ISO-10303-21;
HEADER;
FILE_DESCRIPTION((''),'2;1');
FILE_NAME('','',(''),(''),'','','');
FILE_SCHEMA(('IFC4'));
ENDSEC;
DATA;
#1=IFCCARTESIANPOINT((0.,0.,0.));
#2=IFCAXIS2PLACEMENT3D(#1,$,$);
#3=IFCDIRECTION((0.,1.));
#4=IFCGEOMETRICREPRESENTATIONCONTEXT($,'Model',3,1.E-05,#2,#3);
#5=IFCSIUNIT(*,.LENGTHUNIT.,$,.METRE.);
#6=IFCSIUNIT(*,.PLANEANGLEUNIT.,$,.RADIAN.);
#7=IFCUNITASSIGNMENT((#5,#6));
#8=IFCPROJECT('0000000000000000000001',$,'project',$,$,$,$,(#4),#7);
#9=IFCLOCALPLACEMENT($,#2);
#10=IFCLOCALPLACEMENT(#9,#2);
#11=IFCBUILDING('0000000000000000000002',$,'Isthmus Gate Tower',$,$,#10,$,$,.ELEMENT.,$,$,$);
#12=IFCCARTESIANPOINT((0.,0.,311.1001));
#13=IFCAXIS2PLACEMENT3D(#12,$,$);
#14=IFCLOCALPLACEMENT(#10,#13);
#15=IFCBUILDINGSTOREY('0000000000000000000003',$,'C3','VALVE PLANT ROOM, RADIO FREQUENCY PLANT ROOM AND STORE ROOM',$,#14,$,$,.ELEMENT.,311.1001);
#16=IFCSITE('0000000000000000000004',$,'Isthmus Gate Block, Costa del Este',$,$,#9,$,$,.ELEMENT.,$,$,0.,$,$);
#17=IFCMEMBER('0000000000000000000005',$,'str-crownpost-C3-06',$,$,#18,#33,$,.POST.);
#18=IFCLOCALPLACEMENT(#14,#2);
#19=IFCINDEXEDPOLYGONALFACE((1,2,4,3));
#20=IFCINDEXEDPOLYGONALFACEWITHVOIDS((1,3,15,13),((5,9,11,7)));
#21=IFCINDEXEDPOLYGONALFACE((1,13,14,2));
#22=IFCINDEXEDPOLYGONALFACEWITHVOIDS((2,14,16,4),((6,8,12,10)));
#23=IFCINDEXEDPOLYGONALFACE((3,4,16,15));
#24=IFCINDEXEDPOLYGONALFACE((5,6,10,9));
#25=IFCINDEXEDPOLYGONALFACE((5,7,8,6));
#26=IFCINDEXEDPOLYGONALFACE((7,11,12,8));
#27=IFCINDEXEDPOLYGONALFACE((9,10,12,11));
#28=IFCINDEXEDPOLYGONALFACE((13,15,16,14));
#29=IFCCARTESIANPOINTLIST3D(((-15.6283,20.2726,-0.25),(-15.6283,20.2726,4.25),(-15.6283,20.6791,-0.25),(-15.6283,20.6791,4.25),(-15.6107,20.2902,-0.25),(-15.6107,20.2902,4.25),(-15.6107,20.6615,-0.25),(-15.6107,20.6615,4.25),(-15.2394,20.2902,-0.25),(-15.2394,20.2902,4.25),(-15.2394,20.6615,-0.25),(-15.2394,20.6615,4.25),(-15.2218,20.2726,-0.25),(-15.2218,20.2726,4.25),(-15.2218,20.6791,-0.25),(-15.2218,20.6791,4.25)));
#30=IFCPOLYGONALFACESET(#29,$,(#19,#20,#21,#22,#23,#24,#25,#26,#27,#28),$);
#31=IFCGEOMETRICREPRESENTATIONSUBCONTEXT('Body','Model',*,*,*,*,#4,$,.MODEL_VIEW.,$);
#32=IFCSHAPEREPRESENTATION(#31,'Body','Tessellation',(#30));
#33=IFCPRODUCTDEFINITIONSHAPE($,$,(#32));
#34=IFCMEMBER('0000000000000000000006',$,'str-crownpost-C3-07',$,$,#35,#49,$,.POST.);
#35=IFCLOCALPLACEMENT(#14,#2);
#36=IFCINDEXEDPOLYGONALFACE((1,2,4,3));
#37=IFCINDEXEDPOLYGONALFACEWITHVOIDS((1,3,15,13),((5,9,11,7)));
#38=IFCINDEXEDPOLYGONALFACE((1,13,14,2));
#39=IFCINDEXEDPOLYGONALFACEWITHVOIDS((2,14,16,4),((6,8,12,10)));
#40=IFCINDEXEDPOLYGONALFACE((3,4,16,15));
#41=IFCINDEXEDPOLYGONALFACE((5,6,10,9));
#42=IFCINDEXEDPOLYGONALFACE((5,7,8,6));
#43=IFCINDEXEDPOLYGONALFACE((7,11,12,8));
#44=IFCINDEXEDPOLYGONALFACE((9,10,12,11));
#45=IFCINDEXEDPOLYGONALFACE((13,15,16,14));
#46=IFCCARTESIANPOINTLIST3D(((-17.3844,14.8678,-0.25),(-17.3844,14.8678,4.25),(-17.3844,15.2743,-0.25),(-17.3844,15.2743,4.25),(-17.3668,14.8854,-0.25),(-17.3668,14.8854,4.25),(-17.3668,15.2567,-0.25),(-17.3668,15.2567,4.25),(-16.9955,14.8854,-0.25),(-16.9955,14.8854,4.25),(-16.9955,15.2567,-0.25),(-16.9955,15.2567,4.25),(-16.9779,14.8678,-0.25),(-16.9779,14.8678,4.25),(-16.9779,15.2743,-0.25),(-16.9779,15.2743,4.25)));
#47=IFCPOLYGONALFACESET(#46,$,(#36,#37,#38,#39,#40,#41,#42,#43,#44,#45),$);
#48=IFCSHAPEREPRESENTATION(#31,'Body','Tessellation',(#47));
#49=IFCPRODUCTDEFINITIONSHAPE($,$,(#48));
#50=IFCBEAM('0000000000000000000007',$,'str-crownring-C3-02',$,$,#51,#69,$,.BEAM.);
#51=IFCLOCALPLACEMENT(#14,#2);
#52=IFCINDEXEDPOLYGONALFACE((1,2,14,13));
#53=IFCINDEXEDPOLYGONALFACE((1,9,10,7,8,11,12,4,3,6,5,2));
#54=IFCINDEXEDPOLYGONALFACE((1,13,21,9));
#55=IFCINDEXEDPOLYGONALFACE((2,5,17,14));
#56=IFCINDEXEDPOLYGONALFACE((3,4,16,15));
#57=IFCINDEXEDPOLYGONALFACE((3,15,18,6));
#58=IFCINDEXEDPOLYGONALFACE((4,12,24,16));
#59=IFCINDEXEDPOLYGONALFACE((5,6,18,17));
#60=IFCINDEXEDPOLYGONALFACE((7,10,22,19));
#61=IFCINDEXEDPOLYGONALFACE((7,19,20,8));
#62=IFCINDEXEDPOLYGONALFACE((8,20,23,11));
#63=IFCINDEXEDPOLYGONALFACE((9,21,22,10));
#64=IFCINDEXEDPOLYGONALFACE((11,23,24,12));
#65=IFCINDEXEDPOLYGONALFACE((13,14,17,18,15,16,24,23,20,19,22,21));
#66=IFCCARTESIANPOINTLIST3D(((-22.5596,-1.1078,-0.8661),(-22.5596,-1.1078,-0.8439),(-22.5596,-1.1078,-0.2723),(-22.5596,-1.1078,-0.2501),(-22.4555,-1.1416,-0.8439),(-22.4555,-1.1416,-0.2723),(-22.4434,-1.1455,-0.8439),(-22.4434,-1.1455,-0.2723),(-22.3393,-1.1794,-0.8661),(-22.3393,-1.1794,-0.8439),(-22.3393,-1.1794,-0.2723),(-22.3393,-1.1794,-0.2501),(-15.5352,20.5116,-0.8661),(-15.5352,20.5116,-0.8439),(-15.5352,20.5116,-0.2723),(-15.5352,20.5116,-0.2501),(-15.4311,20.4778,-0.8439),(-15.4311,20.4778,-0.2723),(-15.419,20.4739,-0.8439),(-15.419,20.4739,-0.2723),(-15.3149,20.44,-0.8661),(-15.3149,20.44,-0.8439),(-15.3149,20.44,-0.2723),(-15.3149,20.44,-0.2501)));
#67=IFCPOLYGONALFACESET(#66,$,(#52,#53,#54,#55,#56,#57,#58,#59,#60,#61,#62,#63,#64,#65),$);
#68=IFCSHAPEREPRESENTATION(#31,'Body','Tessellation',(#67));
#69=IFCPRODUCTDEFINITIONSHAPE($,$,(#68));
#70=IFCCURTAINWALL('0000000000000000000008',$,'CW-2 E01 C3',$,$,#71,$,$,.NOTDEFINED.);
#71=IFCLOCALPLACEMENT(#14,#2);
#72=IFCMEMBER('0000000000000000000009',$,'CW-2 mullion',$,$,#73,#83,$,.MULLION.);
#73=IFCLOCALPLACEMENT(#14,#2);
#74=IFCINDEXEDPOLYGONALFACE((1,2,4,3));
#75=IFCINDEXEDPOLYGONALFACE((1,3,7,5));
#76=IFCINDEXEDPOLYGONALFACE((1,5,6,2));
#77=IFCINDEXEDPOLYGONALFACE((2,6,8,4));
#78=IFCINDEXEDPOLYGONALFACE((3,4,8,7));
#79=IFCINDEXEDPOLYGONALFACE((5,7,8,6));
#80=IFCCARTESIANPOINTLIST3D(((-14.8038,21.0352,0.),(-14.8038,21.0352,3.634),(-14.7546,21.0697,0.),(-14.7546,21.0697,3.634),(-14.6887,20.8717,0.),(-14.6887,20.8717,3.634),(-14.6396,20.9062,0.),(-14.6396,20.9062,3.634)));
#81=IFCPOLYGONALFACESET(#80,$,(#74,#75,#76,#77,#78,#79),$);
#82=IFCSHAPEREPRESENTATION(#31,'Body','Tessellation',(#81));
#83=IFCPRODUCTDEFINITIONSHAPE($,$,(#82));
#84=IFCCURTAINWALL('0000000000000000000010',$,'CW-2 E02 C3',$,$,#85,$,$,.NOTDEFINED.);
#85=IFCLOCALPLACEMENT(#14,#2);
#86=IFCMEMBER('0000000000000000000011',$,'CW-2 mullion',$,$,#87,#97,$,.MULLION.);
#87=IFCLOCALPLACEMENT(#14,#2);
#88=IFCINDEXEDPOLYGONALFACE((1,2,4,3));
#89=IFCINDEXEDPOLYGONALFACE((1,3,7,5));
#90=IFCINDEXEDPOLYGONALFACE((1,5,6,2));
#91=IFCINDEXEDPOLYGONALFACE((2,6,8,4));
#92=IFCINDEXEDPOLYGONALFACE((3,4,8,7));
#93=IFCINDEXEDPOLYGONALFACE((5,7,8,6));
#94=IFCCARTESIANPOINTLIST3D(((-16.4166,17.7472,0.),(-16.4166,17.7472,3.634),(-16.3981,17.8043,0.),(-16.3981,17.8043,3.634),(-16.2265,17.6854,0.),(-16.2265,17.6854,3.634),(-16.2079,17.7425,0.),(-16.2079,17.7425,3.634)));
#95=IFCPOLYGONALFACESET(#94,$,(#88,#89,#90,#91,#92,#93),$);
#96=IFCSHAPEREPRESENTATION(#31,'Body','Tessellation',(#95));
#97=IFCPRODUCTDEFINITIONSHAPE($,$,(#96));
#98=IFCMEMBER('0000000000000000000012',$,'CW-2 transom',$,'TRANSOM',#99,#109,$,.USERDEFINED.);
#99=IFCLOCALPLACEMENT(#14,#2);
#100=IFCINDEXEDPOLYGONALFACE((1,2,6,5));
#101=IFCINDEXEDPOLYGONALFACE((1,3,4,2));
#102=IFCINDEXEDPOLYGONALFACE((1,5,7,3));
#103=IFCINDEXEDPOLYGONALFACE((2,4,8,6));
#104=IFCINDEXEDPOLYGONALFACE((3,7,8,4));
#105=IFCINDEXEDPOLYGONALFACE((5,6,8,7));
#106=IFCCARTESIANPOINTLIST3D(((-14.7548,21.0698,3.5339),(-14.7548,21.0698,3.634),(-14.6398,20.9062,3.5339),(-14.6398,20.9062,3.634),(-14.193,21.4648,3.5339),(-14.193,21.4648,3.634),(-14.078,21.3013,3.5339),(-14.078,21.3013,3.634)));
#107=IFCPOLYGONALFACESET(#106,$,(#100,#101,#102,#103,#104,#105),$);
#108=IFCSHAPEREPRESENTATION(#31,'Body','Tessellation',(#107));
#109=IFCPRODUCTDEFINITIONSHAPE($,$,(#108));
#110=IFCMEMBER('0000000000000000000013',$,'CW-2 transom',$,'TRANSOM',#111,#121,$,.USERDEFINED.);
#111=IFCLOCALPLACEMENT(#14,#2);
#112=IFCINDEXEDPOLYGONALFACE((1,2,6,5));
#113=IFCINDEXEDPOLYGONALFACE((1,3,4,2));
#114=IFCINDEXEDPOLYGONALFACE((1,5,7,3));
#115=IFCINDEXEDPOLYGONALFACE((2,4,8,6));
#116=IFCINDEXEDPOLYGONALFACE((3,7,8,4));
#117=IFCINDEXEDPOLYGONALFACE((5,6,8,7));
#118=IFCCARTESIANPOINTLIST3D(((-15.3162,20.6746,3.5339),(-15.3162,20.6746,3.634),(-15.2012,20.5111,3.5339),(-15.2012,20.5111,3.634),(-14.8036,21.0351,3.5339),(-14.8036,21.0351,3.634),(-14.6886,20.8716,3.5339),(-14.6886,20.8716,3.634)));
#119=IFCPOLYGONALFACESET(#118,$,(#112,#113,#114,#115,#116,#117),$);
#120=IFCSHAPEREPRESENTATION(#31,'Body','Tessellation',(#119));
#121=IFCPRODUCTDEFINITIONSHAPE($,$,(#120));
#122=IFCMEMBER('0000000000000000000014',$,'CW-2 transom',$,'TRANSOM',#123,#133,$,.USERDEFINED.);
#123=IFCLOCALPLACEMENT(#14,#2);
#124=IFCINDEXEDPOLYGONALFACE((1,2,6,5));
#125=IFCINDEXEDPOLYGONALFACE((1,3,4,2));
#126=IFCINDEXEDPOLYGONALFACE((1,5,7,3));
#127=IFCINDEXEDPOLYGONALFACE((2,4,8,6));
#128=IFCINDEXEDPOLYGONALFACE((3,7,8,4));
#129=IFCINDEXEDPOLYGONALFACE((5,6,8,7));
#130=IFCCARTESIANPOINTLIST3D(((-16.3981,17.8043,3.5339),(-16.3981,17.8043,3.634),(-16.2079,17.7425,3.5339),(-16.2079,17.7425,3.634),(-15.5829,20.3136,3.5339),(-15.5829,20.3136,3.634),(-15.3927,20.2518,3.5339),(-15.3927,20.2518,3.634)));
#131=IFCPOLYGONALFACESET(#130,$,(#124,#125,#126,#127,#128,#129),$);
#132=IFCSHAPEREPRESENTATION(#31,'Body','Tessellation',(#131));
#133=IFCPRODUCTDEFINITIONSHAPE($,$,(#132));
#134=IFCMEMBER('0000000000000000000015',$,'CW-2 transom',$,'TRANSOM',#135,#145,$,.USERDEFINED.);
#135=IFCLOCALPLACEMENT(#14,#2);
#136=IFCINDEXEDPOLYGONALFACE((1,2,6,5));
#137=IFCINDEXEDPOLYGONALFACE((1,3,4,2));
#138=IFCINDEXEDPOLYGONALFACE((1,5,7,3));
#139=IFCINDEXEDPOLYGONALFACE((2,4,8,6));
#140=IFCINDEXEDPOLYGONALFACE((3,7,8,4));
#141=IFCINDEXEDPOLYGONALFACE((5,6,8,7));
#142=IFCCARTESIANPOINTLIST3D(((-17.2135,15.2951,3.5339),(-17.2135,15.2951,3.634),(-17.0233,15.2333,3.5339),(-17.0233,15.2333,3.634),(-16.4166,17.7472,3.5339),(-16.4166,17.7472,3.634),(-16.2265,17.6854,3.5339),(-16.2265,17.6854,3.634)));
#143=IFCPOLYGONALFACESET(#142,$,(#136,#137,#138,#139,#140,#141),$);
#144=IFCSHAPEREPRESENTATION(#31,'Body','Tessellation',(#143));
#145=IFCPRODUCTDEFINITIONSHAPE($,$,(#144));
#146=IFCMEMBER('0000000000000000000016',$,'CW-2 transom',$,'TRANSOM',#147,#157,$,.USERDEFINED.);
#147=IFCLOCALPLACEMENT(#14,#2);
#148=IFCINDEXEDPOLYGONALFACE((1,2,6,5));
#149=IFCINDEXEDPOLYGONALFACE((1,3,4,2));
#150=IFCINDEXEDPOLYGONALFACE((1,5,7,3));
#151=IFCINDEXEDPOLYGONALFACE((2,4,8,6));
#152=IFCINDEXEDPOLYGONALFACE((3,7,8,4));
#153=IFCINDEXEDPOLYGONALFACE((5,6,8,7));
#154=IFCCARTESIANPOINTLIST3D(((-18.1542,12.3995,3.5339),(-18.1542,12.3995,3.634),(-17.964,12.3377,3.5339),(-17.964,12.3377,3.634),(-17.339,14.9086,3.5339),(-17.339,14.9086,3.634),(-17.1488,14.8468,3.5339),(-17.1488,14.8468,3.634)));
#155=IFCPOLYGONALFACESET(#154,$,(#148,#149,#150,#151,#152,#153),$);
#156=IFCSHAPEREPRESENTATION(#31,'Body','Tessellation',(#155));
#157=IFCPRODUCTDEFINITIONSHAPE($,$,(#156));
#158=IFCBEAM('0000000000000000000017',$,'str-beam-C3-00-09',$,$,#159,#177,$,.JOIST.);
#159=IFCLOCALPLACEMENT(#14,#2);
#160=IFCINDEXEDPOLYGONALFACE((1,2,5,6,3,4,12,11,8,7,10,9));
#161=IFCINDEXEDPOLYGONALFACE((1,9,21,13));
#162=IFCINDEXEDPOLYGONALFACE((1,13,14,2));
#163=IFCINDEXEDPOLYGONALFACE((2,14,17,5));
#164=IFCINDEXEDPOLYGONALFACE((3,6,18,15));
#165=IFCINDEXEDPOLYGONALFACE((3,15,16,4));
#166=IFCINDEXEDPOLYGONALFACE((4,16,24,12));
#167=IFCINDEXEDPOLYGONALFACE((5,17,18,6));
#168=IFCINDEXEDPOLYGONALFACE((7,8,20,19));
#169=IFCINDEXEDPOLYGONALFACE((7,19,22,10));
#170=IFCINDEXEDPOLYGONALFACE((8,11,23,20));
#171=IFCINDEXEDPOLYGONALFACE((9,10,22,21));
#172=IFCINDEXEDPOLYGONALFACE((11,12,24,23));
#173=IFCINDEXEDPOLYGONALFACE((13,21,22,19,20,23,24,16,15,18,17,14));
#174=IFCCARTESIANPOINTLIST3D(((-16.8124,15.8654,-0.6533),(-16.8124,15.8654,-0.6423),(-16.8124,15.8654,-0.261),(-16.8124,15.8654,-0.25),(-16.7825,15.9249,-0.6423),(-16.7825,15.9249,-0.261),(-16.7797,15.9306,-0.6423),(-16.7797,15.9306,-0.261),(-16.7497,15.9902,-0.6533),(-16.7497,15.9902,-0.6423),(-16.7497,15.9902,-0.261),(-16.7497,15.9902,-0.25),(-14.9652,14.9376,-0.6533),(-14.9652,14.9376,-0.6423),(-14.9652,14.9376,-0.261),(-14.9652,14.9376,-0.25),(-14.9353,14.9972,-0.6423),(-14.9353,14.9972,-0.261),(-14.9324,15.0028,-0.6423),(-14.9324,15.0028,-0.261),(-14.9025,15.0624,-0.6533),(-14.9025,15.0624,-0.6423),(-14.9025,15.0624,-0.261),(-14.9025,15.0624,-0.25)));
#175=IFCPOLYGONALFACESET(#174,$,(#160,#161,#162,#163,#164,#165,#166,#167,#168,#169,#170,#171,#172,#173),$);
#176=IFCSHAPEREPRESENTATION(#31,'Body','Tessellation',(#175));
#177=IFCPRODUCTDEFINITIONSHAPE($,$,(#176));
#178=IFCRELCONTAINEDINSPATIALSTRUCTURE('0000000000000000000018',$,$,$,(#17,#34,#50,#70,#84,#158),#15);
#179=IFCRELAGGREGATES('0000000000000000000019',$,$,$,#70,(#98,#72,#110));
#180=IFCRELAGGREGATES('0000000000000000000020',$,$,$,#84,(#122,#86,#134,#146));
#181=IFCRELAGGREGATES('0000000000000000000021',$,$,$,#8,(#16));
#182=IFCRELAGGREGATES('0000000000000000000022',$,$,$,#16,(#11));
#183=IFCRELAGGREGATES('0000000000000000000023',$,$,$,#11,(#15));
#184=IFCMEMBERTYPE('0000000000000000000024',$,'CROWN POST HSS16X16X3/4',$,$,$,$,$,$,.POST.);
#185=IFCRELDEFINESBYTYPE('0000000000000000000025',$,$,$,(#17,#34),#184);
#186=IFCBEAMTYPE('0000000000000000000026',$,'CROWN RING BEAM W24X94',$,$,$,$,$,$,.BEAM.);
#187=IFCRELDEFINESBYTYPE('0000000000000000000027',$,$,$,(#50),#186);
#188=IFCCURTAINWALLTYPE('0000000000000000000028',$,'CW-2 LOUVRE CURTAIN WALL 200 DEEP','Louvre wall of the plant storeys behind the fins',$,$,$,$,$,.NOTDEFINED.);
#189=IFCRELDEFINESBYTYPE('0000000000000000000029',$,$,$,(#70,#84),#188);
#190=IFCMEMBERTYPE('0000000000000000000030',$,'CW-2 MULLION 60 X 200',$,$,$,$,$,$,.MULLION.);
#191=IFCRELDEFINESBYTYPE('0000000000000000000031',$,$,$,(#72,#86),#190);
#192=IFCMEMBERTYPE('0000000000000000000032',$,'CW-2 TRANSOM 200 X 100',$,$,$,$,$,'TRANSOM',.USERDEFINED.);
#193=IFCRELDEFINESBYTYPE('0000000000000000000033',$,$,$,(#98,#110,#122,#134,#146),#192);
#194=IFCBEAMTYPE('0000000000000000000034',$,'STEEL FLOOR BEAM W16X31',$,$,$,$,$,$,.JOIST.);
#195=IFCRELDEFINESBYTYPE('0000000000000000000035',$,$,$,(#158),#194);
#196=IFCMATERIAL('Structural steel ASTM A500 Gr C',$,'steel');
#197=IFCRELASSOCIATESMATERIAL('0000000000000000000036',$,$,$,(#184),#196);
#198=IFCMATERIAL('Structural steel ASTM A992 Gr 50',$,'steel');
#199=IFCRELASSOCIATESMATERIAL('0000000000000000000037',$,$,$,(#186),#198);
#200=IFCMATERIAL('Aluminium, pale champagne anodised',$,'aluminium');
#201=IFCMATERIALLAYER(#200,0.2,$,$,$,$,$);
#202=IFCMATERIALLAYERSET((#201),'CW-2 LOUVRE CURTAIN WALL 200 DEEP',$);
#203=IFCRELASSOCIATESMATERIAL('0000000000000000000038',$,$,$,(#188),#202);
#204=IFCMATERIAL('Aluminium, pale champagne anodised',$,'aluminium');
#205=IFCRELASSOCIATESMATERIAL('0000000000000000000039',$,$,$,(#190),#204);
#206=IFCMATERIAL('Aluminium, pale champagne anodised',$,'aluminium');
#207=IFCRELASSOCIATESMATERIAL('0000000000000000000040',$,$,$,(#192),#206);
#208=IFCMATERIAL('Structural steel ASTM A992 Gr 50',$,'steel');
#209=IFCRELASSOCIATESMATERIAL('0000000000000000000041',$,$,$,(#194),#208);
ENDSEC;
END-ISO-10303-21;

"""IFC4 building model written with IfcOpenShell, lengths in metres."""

from ifc_helpers import new_model, si_unit, direction, frame, origin, origin_2d, place, context, subcontext, project, spatial, rectangle, hollow_rectangle, i_section, extrude, material, layer, layer_set, material_profile, profile_set, type_object, element, aggregate, save


model = new_model("IFC4")

# Units and contexts
model_context = context("Model", 3, precision=1e-05, world=origin(), true_north=direction((0.0, 1.0)))
body_context = subcontext(model_context, "Body", "Model", "MODEL_VIEW")
ifc_project = project(units=[si_unit("LENGTHUNIT", "METRE"), si_unit("PLANEANGLEUNIT", "RADIAN")], contexts=[model_context])

# Site, building, storey
site_placement = place(None, origin())
site = spatial("IfcSite", under=ifc_project, at=site_placement, Name="Isthmus Gate Block, Costa del Este", CompositionType="ELEMENT", RefElevation=0.0)
building_placement = place(site_placement, origin())
building = spatial("IfcBuilding", under=site, at=building_placement, Name="Isthmus Gate Tower", CompositionType="ELEMENT")
storey_placement = place(building_placement, frame((0.0, 0.0, 311.1001)))
storey = spatial("IfcBuildingStorey", under=building, at=storey_placement, Name="C3", Description="VALVE PLANT ROOM, RADIO FREQUENCY PLANT ROOM AND STORE ROOM", CompositionType="ELEMENT", Elevation=311.1001)

# Members
ifc_material_1 = material(Name="Structural steel ASTM A500 Gr C", Category="steel")
ifc_material_profile_1 = material_profile(ifc_material_1, hollow_rectangle(XDim=0.4065, YDim=0.4065, WallThickness=0.0176, at=origin_2d()), Name="HSS16X16X3/4")
ifc_profile_set_1 = profile_set([ifc_material_profile_1], Name="Structural steel ASTM A500 Gr C")
member_type_1 = type_object("IfcMemberType", Name="CROWN POST HSS16X16X3/4", PredefinedType="POST", material=ifc_profile_set_1)
for number, where, z_axis, x_axis, name in (
    (1, (-15.425, 20.4758, -0.25), (0.0, 0.0, 1.0), (1.0, 0.0, 0.0), "str-crownpost-C3-06"),
    (2, (-17.1812, 15.071, -0.25), (0.0, 0.0, 1.0), (1.0, 0.0, 0.0), "str-crownpost-C3-07"),
):
    element("IfcMember", number, at=place(storey_placement, frame(where, z_axis=z_axis, x_axis=x_axis)), inside=storey, type_object=member_type_1, Name=name, PredefinedType="POST", context=body_context, shape_type="SweptSolid", body=[
        extrude(hollow_rectangle(XDim=0.4065, YDim=0.4065, WallThickness=0.0176, at=origin_2d()), origin(), (0.0, 0.0, 1.0), 4.5),
    ])

# Beam
ifc_material_2 = material(Name="Structural steel ASTM A992 Gr 50", Category="steel")
ifc_material_profile_2 = material_profile(ifc_material_2, i_section(OverallWidth=0.2317, OverallDepth=0.616, WebThickness=0.0127, FlangeThickness=0.0222, at=origin_2d()), Name="W24X94")
ifc_profile_set_2 = profile_set([ifc_material_profile_2], Name="Structural steel ASTM A992 Gr 50")
beam_type_1 = type_object("IfcBeamType", Name="CROWN RING BEAM W24X94", PredefinedType="BEAM", material=ifc_profile_set_2)
beam_1_placement = place(storey_placement, frame((-15.425, 20.4758, -0.5581), z_axis=(-0.309011, -0.951058, 0.0), x_axis=(0.951058, -0.309011, 0.0)))
element("IfcBeam", 3, at=beam_1_placement, inside=storey, type_object=beam_type_1, Name="str-crownring-C3-02", PredefinedType="BEAM", context=body_context, shape_type="SweptSolid", body=[
    extrude(i_section(OverallWidth=0.2317, OverallDepth=0.616, WebThickness=0.0127, FlangeThickness=0.0222, at=origin_2d()), origin(), (0.0, 0.0, 1.0), 22.7319),
])

# Curtain walls, members
ifc_material_3 = material(Name="Aluminium, pale champagne anodised", Category="aluminium")
ifc_layer_1 = layer(ifc_material_3, 0.2)
ifc_layer_set_1 = layer_set([ifc_layer_1], Name="CW-2 LOUVRE CURTAIN WALL 200 DEEP")
curtain_wall_type = type_object("IfcCurtainWallType", Name="CW-2 LOUVRE CURTAIN WALL 200 DEEP", Description="Louvre wall of the plant storeys behind the fins", PredefinedType="NOTDEFINED", material=ifc_layer_set_1)
curtain_wall_1_placement = place(storey_placement, origin())
curtain_wall_1 = element("IfcCurtainWall", 4, at=curtain_wall_1_placement, inside=storey, type_object=curtain_wall_type, Name="CW-2 E01 C3", PredefinedType="NOTDEFINED")
ifc_material_4 = material(Name="Aluminium, pale champagne anodised", Category="aluminium")
ifc_material_profile_3 = material_profile(ifc_material_4, rectangle(XDim=0.0601, YDim=0.2, at=origin_2d()), Name="60x200")
ifc_profile_set_3 = profile_set([ifc_material_profile_3], Name="Aluminium, pale champagne anodised")
member_type_2 = type_object("IfcMemberType", Name="CW-2 MULLION 60 X 200", PredefinedType="MULLION", material=ifc_profile_set_3)
member_1_placement = place(storey_placement, frame((-14.7217, 20.9707, 0.0), z_axis=(0.0, 0.0, 1.0), x_axis=(-0.81786, -0.575418, 0.0)))
member_1 = element("IfcMember", 5, at=member_1_placement, type_object=member_type_2, Name="CW-2 mullion", PredefinedType="MULLION", context=body_context, shape_type="SweptSolid", body=[
    extrude(rectangle(XDim=0.0601, YDim=0.2, at=origin_2d()), origin(), (0.0, 0.0, 1.0), 3.634),
])
curtain_wall_2_placement = place(storey_placement, origin())
curtain_wall_2 = element("IfcCurtainWall", 6, at=curtain_wall_2_placement, inside=storey, type_object=curtain_wall_type, Name="CW-2 E02 C3", PredefinedType="NOTDEFINED")
member_2_placement = place(storey_placement, frame((-16.3123, 17.7449, 0.0), z_axis=(0.0, 0.0, 1.0), x_axis=(-0.309017, -0.951057, 0.0)))
member_2 = element("IfcMember", 7, at=member_2_placement, type_object=member_type_2, Name="CW-2 mullion", PredefinedType="MULLION", context=body_context, shape_type="SweptSolid", body=[
    extrude(rectangle(XDim=0.0601, YDim=0.2, at=origin_2d()), origin(), (0.0, 0.0, 1.0), 3.634),
])

# Members
ifc_material_5 = material(Name="Aluminium, pale champagne anodised", Category="aluminium")
ifc_material_profile_4 = material_profile(ifc_material_5, rectangle(XDim=0.2, YDim=0.1001, at=origin_2d()), Name="200x100")
ifc_profile_set_4 = profile_set([ifc_material_profile_4], Name="Aluminium, pale champagne anodised")
member_type_3 = type_object("IfcMemberType", Name="CW-2 TRANSOM 200 X 100", ElementType="TRANSOM", PredefinedType="USERDEFINED", material=ifc_profile_set_4)
member_3_placement = place(storey_placement, frame((-14.1355, 21.3831, 3.584), z_axis=(-0.818011, -0.575203, 0.0), x_axis=(0.575203, -0.818011, 0.0)))
member_3 = element("IfcMember", 8, at=member_3_placement, type_object=member_type_3, Name="CW-2 transom", ObjectType="TRANSOM", PredefinedType="USERDEFINED", context=body_context, shape_type="SweptSolid", body=[
    extrude(rectangle(XDim=0.2, YDim=0.1001, at=origin_2d()), origin(), (0.0, 0.0, 1.0), 0.6868),
])
member_4_placement = place(storey_placement, frame((-14.7461, 20.9534, 3.584), z_axis=(-0.817949, -0.575291, 0.0), x_axis=(0.575291, -0.817949, 0.0)))
member_4 = element("IfcMember", 9, at=member_4_placement, type_object=member_type_3, Name="CW-2 transom", ObjectType="TRANSOM", PredefinedType="USERDEFINED", context=body_context, shape_type="SweptSolid", body=[
    extrude(rectangle(XDim=0.2, YDim=0.1001, at=origin_2d()), origin(), (0.0, 0.0, 1.0), 0.6267),
])
member_5_placement = place(storey_placement, frame((-15.4878, 20.2827, 3.584), z_axis=(-0.308973, -0.951071, 0.0), x_axis=(0.951071, -0.308973, 0.0)))
member_5 = element("IfcMember", 10, at=member_5_placement, type_object=member_type_3, Name="CW-2 transom", ObjectType="TRANSOM", PredefinedType="USERDEFINED", context=body_context, shape_type="SweptSolid", body=[
    extrude(rectangle(XDim=0.2, YDim=0.1001, at=origin_2d()), origin(), (0.0, 0.0, 1.0), 2.6384),
])
member_6_placement = place(storey_placement, frame((-16.3215, 17.7163, 3.584), z_axis=(-0.30906, -0.951042, 0.0), x_axis=(0.951042, -0.30906, 0.0)))
member_6 = element("IfcMember", 11, at=member_6_placement, type_object=member_type_3, Name="CW-2 transom", ObjectType="TRANSOM", PredefinedType="USERDEFINED", context=body_context, shape_type="SweptSolid", body=[
    extrude(rectangle(XDim=0.2, YDim=0.1001, at=origin_2d()), origin(), (0.0, 0.0, 1.0), 2.5784),
])
member_7_placement = place(storey_placement, frame((-17.2439, 14.8777, 3.584), z_axis=(-0.309, -0.951062, 0.0), x_axis=(0.951062, -0.309, 0.0)))
member_7 = element("IfcMember", 12, at=member_7_placement, type_object=member_type_3, Name="CW-2 transom", ObjectType="TRANSOM", PredefinedType="USERDEFINED", context=body_context, shape_type="SweptSolid", body=[
    extrude(rectangle(XDim=0.2, YDim=0.1001, at=origin_2d()), origin(), (0.0, 0.0, 1.0), 2.6382),
])

# Beam
ifc_material_6 = material(Name="Structural steel ASTM A992 Gr 50", Category="steel")
ifc_material_profile_5 = material_profile(ifc_material_6, i_section(OverallWidth=0.1396, OverallDepth=0.4033, WebThickness=0.0063, FlangeThickness=0.011, at=origin_2d()), Name="W16X31")
ifc_profile_set_5 = profile_set([ifc_material_profile_5], Name="Structural steel ASTM A992 Gr 50")
beam_type_2 = type_object("IfcBeamType", Name="STEEL FLOOR BEAM W16X31", PredefinedType="JOIST", material=ifc_profile_set_5)
beam_2_placement = place(storey_placement, frame((-14.9338, 15.0, -0.4517), z_axis=(-0.893623, 0.448819, 0.0), x_axis=(-0.448819, -0.893623, 0.0)))
element("IfcBeam", 13, at=beam_2_placement, inside=storey, type_object=beam_type_2, Name="str-beam-C3-00-09", PredefinedType="JOIST", context=body_context, shape_type="SweptSolid", body=[
    extrude(i_section(OverallWidth=0.1396, OverallDepth=0.4033, WebThickness=0.0063, FlangeThickness=0.011, at=origin_2d()), origin(), (0.0, 0.0, 1.0), 2.0671),
])

aggregate(curtain_wall_1, [member_3, member_1, member_4])
aggregate(curtain_wall_2, [member_5, member_2, member_6, member_7])

save(model, "model.ifc")
